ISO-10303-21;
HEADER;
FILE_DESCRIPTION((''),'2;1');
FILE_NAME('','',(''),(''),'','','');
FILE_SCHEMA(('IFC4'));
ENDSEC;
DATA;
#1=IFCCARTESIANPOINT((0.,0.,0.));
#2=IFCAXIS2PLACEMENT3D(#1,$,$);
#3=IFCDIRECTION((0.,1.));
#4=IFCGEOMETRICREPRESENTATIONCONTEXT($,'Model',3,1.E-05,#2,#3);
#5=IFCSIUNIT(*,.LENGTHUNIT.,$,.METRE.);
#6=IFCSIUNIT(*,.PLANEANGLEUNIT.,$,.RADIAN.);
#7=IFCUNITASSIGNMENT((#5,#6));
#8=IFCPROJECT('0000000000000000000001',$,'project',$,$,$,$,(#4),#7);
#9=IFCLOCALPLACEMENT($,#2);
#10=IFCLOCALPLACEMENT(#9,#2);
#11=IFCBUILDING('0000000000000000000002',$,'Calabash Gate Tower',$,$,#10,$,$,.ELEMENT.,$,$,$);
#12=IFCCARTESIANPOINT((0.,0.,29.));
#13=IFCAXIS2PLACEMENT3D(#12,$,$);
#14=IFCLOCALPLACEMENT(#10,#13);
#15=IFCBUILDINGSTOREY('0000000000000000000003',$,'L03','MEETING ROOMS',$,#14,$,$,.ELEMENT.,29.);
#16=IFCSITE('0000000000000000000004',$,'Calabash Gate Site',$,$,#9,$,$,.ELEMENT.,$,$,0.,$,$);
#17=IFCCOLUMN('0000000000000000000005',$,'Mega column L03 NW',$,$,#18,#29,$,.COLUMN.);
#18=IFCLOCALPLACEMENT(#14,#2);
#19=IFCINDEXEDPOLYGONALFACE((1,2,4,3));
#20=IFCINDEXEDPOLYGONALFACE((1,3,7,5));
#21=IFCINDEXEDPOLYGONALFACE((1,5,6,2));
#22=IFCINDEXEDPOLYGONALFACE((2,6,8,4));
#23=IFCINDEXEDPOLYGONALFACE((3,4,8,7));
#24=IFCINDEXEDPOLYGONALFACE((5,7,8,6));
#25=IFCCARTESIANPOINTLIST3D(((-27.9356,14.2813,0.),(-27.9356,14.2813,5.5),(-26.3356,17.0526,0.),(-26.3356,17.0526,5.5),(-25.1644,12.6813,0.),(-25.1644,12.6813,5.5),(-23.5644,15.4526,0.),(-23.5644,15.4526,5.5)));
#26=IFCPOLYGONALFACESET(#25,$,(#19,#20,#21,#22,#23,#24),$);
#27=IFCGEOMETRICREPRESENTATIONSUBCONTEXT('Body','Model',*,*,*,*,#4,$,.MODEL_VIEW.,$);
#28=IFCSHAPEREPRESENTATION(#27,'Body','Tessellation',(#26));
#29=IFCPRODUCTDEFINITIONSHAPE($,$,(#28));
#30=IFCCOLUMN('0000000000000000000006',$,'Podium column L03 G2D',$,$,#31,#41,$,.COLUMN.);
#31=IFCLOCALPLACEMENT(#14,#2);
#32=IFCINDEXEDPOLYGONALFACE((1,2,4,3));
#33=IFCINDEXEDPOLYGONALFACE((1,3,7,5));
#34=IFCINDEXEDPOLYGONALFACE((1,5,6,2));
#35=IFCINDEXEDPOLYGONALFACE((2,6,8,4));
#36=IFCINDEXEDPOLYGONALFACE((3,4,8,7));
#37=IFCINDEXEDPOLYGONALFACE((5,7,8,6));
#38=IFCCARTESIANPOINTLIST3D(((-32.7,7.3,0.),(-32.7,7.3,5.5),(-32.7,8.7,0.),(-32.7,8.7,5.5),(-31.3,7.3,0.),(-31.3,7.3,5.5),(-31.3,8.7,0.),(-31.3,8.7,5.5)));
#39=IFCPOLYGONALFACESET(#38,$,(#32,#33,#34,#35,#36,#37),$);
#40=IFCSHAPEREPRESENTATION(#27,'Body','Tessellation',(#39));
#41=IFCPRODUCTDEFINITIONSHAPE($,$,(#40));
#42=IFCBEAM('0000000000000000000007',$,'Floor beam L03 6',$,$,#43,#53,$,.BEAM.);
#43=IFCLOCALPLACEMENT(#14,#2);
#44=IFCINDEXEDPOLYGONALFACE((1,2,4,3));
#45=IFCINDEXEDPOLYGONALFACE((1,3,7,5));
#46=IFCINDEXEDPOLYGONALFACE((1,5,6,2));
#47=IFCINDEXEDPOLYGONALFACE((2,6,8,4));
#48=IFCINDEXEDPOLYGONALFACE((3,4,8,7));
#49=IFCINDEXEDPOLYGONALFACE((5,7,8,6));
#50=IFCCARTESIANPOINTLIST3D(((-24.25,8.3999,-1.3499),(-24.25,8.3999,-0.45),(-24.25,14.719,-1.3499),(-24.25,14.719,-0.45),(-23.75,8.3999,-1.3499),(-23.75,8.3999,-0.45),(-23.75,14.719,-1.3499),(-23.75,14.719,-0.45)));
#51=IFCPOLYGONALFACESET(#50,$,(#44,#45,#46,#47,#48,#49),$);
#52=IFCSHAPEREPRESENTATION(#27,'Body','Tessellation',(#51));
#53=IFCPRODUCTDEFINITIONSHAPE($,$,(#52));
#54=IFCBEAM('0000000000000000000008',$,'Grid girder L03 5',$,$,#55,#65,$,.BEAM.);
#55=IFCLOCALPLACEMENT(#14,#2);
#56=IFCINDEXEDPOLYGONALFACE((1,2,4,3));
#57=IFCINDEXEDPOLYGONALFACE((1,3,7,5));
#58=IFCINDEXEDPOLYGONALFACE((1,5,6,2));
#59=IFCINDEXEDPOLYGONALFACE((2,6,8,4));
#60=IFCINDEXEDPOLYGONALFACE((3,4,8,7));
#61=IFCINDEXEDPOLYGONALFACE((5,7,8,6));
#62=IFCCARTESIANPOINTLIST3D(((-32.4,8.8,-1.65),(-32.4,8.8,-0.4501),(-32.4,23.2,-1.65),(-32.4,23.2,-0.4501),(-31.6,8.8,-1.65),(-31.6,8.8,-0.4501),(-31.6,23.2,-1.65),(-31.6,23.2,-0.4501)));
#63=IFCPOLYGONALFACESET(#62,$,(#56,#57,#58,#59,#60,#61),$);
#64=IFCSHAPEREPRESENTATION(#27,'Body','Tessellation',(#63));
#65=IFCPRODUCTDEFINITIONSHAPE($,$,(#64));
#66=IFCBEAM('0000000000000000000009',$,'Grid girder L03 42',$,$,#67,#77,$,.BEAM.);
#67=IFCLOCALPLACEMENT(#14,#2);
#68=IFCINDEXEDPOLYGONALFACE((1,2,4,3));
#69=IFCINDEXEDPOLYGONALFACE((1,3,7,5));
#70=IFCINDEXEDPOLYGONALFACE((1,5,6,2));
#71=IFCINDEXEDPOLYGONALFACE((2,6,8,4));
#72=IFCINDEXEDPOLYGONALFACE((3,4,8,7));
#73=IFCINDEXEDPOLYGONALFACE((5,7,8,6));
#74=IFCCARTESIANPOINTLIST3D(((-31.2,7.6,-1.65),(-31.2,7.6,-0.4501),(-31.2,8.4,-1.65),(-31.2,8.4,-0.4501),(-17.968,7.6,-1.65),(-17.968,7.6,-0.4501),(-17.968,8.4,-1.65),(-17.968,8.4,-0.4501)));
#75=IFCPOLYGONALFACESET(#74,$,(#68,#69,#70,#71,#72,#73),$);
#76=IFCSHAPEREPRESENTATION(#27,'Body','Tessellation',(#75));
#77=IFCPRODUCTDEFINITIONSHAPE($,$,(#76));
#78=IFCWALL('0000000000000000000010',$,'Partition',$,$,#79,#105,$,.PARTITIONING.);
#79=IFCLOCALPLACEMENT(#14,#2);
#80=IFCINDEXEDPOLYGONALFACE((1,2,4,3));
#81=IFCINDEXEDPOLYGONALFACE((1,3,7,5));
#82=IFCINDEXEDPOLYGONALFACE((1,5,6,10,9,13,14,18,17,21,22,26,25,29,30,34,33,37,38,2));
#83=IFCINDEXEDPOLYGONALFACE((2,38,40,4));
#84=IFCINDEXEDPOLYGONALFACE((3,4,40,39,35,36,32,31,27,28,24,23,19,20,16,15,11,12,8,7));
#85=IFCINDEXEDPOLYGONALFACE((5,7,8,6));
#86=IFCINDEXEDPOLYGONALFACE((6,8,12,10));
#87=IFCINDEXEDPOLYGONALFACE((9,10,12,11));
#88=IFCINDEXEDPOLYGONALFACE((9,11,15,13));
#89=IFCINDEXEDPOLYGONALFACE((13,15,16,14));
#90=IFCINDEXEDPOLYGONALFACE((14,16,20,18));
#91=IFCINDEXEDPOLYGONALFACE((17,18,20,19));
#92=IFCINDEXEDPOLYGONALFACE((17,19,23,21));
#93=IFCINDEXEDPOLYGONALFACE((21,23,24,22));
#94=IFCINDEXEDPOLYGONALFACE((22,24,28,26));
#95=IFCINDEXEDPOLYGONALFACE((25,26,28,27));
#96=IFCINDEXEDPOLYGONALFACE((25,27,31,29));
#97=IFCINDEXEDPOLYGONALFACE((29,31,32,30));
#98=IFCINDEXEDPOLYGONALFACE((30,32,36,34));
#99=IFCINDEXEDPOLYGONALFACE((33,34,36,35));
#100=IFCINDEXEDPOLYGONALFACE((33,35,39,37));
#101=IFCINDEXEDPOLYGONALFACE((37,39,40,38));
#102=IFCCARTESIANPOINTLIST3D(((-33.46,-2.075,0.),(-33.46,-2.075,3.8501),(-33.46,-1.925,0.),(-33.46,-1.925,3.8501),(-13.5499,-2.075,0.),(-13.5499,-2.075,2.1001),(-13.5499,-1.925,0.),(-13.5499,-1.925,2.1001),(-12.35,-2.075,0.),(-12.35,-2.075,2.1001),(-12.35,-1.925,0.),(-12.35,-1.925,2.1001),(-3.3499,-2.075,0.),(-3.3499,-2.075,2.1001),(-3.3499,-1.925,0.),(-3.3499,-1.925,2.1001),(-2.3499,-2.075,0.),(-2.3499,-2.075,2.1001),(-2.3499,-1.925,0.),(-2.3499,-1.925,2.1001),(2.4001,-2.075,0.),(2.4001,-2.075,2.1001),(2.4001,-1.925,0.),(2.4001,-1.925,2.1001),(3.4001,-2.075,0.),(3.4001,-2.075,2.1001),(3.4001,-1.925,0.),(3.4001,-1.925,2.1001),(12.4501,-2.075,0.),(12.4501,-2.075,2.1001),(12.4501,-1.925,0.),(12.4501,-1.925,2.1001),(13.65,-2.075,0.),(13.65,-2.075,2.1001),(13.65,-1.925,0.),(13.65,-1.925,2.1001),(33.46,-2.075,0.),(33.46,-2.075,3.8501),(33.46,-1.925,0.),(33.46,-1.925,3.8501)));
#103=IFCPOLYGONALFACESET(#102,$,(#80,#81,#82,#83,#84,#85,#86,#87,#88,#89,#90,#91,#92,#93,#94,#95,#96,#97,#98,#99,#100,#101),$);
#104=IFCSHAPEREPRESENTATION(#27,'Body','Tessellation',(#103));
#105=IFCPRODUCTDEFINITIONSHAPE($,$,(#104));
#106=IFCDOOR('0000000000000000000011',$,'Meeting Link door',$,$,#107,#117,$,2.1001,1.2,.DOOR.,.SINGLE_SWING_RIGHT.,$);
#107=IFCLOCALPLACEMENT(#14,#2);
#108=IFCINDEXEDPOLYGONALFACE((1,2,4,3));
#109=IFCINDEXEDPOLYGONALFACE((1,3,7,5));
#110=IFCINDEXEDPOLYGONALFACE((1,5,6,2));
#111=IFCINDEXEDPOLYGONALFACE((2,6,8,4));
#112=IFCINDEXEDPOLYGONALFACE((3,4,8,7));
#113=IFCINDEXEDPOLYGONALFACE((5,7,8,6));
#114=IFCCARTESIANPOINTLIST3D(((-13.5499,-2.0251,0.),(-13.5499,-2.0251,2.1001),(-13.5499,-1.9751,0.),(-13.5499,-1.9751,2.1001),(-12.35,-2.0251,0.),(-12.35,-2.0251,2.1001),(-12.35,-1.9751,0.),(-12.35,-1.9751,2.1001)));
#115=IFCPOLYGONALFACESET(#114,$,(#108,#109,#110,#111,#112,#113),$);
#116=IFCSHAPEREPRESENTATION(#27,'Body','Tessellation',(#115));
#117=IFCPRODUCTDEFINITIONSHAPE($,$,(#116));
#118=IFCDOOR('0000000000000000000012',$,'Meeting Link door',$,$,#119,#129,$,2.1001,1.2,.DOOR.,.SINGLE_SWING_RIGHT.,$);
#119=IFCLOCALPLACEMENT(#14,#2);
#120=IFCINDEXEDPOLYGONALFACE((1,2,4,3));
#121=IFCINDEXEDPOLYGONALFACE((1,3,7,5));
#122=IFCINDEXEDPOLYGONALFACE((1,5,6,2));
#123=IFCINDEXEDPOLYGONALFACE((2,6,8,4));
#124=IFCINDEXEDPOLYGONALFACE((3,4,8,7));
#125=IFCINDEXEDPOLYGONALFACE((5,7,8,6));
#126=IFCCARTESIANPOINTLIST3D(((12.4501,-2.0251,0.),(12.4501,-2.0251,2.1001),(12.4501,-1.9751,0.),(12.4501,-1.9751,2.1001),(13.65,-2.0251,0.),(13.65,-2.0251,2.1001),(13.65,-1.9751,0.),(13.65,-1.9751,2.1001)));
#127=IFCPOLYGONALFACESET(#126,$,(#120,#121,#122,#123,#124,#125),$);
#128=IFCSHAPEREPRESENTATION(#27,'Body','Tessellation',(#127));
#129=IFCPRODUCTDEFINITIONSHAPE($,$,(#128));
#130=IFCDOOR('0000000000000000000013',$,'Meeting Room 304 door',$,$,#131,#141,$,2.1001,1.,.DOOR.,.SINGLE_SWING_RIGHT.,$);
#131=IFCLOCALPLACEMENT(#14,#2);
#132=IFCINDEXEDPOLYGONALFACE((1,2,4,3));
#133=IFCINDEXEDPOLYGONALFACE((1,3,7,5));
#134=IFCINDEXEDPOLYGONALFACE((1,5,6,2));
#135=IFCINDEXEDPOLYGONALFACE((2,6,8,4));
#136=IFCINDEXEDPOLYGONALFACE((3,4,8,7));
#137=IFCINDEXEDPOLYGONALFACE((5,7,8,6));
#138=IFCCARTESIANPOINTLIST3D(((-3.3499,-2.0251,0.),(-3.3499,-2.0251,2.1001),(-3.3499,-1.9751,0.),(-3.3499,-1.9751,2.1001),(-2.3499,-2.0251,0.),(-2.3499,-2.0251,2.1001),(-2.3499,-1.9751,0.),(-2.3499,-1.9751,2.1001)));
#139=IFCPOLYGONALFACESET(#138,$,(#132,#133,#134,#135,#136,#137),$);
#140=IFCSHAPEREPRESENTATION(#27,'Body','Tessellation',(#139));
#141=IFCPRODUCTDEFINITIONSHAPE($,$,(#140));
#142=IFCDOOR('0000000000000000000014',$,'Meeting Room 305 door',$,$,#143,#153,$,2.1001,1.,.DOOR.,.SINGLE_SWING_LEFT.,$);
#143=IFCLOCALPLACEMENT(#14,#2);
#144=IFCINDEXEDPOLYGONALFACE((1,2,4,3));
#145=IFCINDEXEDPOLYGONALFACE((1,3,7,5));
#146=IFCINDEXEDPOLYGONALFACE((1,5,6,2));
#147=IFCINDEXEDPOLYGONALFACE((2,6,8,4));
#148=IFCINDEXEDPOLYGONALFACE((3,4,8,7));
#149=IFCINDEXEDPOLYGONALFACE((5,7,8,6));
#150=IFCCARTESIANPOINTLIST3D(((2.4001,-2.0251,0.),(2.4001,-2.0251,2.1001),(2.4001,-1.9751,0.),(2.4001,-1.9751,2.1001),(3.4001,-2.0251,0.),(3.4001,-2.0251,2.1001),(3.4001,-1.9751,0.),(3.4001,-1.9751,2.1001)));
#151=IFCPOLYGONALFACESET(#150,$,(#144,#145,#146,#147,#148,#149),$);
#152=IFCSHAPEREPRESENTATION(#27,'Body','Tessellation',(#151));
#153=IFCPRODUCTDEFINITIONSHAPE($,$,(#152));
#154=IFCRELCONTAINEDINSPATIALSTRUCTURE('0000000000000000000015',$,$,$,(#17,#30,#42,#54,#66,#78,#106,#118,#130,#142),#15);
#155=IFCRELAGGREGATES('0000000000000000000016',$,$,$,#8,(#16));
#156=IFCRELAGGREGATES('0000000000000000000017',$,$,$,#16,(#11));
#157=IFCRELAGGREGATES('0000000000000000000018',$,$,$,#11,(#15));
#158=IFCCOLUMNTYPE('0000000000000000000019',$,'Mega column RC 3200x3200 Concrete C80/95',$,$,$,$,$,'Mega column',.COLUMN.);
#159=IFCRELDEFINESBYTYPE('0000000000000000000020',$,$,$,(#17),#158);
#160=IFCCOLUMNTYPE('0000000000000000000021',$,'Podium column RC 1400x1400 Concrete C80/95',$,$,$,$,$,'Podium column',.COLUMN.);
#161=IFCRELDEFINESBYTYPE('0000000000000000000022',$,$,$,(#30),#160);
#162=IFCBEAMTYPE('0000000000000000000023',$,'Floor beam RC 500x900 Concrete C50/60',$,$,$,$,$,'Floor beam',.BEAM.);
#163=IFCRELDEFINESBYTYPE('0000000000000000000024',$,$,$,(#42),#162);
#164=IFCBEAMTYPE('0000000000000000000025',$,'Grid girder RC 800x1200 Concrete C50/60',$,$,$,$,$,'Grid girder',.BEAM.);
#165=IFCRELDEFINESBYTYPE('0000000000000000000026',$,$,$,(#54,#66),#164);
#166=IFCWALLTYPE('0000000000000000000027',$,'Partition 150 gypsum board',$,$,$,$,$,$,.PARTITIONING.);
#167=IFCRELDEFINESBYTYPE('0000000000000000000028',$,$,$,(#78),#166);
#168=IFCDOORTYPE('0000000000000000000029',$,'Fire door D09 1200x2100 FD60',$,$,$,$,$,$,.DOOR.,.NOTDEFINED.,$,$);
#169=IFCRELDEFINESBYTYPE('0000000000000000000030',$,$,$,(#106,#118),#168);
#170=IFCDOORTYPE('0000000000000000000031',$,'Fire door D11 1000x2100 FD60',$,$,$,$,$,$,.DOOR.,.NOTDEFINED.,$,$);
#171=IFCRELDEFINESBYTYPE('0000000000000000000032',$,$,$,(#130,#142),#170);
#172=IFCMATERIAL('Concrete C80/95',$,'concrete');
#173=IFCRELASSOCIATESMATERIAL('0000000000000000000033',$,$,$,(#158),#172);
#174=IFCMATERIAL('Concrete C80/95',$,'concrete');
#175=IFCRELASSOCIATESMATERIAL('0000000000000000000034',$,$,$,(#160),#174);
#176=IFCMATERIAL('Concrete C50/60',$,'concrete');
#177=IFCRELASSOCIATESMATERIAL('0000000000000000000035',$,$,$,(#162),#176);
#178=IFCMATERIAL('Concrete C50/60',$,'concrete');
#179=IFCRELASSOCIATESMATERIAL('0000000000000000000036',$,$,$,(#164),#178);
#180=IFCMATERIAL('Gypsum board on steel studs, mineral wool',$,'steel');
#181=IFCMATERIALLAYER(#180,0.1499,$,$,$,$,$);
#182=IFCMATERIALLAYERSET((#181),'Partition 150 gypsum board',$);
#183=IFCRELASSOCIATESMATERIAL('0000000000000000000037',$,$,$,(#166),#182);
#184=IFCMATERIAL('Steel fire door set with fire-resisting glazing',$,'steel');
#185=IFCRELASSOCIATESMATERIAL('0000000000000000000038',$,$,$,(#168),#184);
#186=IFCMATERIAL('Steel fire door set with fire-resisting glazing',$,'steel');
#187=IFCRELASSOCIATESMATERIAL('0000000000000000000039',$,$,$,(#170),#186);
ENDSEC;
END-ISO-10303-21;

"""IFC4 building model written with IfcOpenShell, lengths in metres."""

from ifc_helpers import new_model, si_unit, direction, frame, frame_2d, origin, origin_2d, place, context, subcontext, project, spatial, rectangle, extrude, material, layer, layer_set, material_profile, profile_set, type_object, element, fill, save


model = new_model("IFC4")

# Units and contexts
model_context = context("Model", 3, precision=1e-05, world=origin(), true_north=direction((0.0, 1.0)))
body_context = subcontext(model_context, "Body", "Model", "MODEL_VIEW")
ifc_project = project(units=[si_unit("LENGTHUNIT", "METRE"), si_unit("PLANEANGLEUNIT", "RADIAN")], contexts=[model_context])

# Site, building, storey
site_placement = place(None, origin())
site = spatial("IfcSite", under=ifc_project, at=site_placement, Name="Calabash Gate Site", CompositionType="ELEMENT", RefElevation=0.0)
building_placement = place(site_placement, origin())
building = spatial("IfcBuilding", under=site, at=building_placement, Name="Calabash Gate Tower", CompositionType="ELEMENT")
storey_placement = place(building_placement, frame((0.0, 0.0, 29.0)))
storey = spatial("IfcBuildingStorey", under=building, at=storey_placement, Name="L03", Description="MEETING ROOMS", CompositionType="ELEMENT", Elevation=29.0)

# Columns
ifc_material_1 = material(Name="Concrete C80/95", Category="concrete")
ifc_material_profile_1 = material_profile(ifc_material_1, rectangle(XDim=3.2, YDim=3.2, at=origin_2d()))
ifc_profile_set_1 = profile_set([ifc_material_profile_1], Name="Concrete C80/95")
column_type_1 = type_object("IfcColumnType", Name="Mega column RC 3200x3200 Concrete C80/95", ElementType="Mega column", PredefinedType="COLUMN", material=ifc_profile_set_1)
column_1_placement = place(storey_placement, frame((-25.75, 14.8669, 0.0), z_axis=(0.0, 0.0, 1.0), x_axis=(0.866025, -0.5, 0.0)))
element("IfcColumn", 1, at=column_1_placement, inside=storey, type_object=column_type_1, Name="Mega column L03 NW", PredefinedType="COLUMN", context=body_context, shape_type="SweptSolid", body=[
    extrude(rectangle(XDim=3.2, YDim=3.2, at=origin_2d()), origin(), (0.0, 0.0, 1.0), 5.5),
])
ifc_material_2 = material(Name="Concrete C80/95", Category="concrete")
ifc_material_profile_2 = material_profile(ifc_material_2, rectangle(XDim=1.3999, YDim=1.3999, at=origin_2d()))
ifc_profile_set_2 = profile_set([ifc_material_profile_2], Name="Concrete C80/95")
column_type_2 = type_object("IfcColumnType", Name="Podium column RC 1400x1400 Concrete C80/95", ElementType="Podium column", PredefinedType="COLUMN", material=ifc_profile_set_2)
column_2_placement = place(storey_placement, frame((-32.0, 8.0, 0.0), z_axis=(0.0, 0.0, 1.0), x_axis=(1.0, 0.0, 0.0)))
element("IfcColumn", 2, at=column_2_placement, inside=storey, type_object=column_type_2, Name="Podium column L03 G2D", PredefinedType="COLUMN", context=body_context, shape_type="SweptSolid", body=[
    extrude(rectangle(XDim=1.3999, YDim=1.3999, at=origin_2d()), origin(), (0.0, 0.0, 1.0), 5.5),
])

# Beams
ifc_material_3 = material(Name="Concrete C50/60", Category="concrete")
ifc_material_profile_3 = material_profile(ifc_material_3, rectangle(XDim=0.5, YDim=0.8999, at=origin_2d()))
ifc_profile_set_3 = profile_set([ifc_material_profile_3], Name="Concrete C50/60")
beam_type_1 = type_object("IfcBeamType", Name="Floor beam RC 500x900 Concrete C50/60", ElementType="Floor beam", PredefinedType="BEAM", material=ifc_profile_set_3)
beam_1_placement = place(storey_placement, frame((-24.0, 8.3999, -0.8999), z_axis=(0.0, 1.0, 0.0), x_axis=(-1.0, 0.0, 0.0)))
element("IfcBeam", 3, at=beam_1_placement, inside=storey, type_object=beam_type_1, Name="Floor beam L03 6", PredefinedType="BEAM", context=body_context, shape_type="SweptSolid", body=[
    extrude(rectangle(XDim=0.5, YDim=0.8999, at=origin_2d()), origin(), (0.0, 0.0, 1.0), 6.3191),
])
ifc_material_4 = material(Name="Concrete C50/60", Category="concrete")
ifc_material_profile_4 = material_profile(ifc_material_4, rectangle(XDim=0.8, YDim=1.2, at=origin_2d()))
ifc_profile_set_4 = profile_set([ifc_material_profile_4], Name="Concrete C50/60")
beam_type_2 = type_object("IfcBeamType", Name="Grid girder RC 800x1200 Concrete C50/60", ElementType="Grid girder", PredefinedType="BEAM", material=ifc_profile_set_4)
beam_2_placement = place(storey_placement, frame((-32.0, 8.8, -1.05), z_axis=(0.0, 1.0, 0.0), x_axis=(-1.0, 0.0, 0.0)))
element("IfcBeam", 4, at=beam_2_placement, inside=storey, type_object=beam_type_2, Name="Grid girder L03 5", PredefinedType="BEAM", context=body_context, shape_type="SweptSolid", body=[
    extrude(rectangle(XDim=0.8, YDim=1.2, at=origin_2d()), origin(), (0.0, 0.0, 1.0), 14.3999),
])
beam_3_placement = place(storey_placement, frame((-31.2, 8.0, -1.05), z_axis=(1.0, 0.0, 0.0), x_axis=(0.0, 1.0, 0.0)))
element("IfcBeam", 5, at=beam_3_placement, inside=storey, type_object=beam_type_2, Name="Grid girder L03 42", PredefinedType="BEAM", context=body_context, shape_type="SweptSolid", body=[
    extrude(rectangle(XDim=0.8, YDim=1.2, at=origin_2d()), origin(), (0.0, 0.0, 1.0), 13.2319),
])

# Wall, openings, doors
ifc_material_5 = material(Name="Gypsum board on steel studs, mineral wool", Category="steel")
ifc_layer_1 = layer(ifc_material_5, 0.1499)
ifc_layer_set_1 = layer_set([ifc_layer_1], Name="Partition 150 gypsum board")
wall_type_1 = type_object("IfcWallType", Name="Partition 150 gypsum board", PredefinedType="PARTITIONING", material=ifc_layer_set_1)
wall_1_placement = place(storey_placement, frame((-33.46, -2.0, 0.0), z_axis=(0.0, 0.0, 1.0), x_axis=(1.0, 0.0, 0.0)))
wall_1 = element("IfcWall", 6, at=wall_1_placement, inside=storey, type_object=wall_type_1, Name="Partition", PredefinedType="PARTITIONING", context=body_context, shape_type="SweptSolid", body=[
    extrude(rectangle(XDim=66.9199, YDim=0.1499, at=frame_2d((33.46, 0.0))), origin(), (0.0, 0.0, 1.0), 3.8501),
])
opening_1_placement = place(wall_1_placement, frame((19.9099, 0.0, 0.0)))
opening_1 = element("IfcOpeningElement", 7, at=opening_1_placement, cuts=wall_1, PredefinedType="OPENING", context=body_context, shape_type="SweptSolid", body=[
    extrude(rectangle(XDim=1.2, YDim=2.1001, at=frame_2d((0.6001, 1.05))), frame((0.0, 0.085, 0.0), z_axis=(0.0, -1.0, 0.0), x_axis=(1.0, 0.0, 0.0)), (0.0, 0.0, 1.0), 0.1699),
])
opening_2_placement = place(wall_1_placement, frame((45.9099, 0.0, 0.0)))
opening_2 = element("IfcOpeningElement", 8, at=opening_2_placement, cuts=wall_1, PredefinedType="OPENING", context=body_context, shape_type="SweptSolid", body=[
    extrude(rectangle(XDim=1.2, YDim=2.1001, at=frame_2d((0.6001, 1.05))), frame((0.0, 0.085, 0.0), z_axis=(0.0, -1.0, 0.0), x_axis=(1.0, 0.0, 0.0)), (0.0, 0.0, 1.0), 0.1699),
])
opening_3_placement = place(wall_1_placement, frame((30.1101, 0.0, 0.0)))
opening_3 = element("IfcOpeningElement", 9, at=opening_3_placement, cuts=wall_1, PredefinedType="OPENING", context=body_context, shape_type="SweptSolid", body=[
    extrude(rectangle(XDim=1.0, YDim=2.1001, at=frame_2d((0.5, 1.05))), frame((0.0, 0.085, 0.0), z_axis=(0.0, -1.0, 0.0), x_axis=(1.0, 0.0, 0.0)), (0.0, 0.0, 1.0), 0.1699),
])
opening_4_placement = place(wall_1_placement, frame((35.8601, 0.0, 0.0)))
opening_4 = element("IfcOpeningElement", 10, at=opening_4_placement, cuts=wall_1, PredefinedType="OPENING", context=body_context, shape_type="SweptSolid", body=[
    extrude(rectangle(XDim=1.0, YDim=2.1001, at=frame_2d((0.5, 1.05))), frame((0.0, 0.085, 0.0), z_axis=(0.0, -1.0, 0.0), x_axis=(1.0, 0.0, 0.0)), (0.0, 0.0, 1.0), 0.1699),
])
ifc_material_6 = material(Name="Steel fire door set with fire-resisting glazing", Category="steel")
door_type_1 = type_object("IfcDoorType", Name="Fire door D09 1200x2100 FD60", OperationType="NOTDEFINED", PredefinedType="DOOR", material=ifc_material_6)
door_1_placement = place(opening_1_placement, origin())
door_1 = element("IfcDoor", 11, at=door_1_placement, inside=storey, type_object=door_type_1, Name="Meeting Link door", OperationType="SINGLE_SWING_RIGHT", OverallHeight=2.1001, OverallWidth=1.2, PredefinedType="DOOR", context=body_context, shape_type="SweptSolid", body=[
    extrude(rectangle(XDim=1.2, YDim=2.1001, at=frame_2d((0.6001, 1.05))), frame((0.0, 0.0249, 0.0), z_axis=(0.0, -1.0, 0.0), x_axis=(1.0, 0.0, 0.0)), (0.0, 0.0, 1.0), 0.05),
])
fill(opening_1, door_1)
door_2_placement = place(opening_2_placement, origin())
door_2 = element("IfcDoor", 12, at=door_2_placement, inside=storey, type_object=door_type_1, Name="Meeting Link door", OperationType="SINGLE_SWING_RIGHT", OverallHeight=2.1001, OverallWidth=1.2, PredefinedType="DOOR", context=body_context, shape_type="SweptSolid", body=[
    extrude(rectangle(XDim=1.2, YDim=2.1001, at=frame_2d((0.6001, 1.05))), frame((0.0, 0.0249, 0.0), z_axis=(0.0, -1.0, 0.0), x_axis=(1.0, 0.0, 0.0)), (0.0, 0.0, 1.0), 0.05),
])
fill(opening_2, door_2)
ifc_material_7 = material(Name="Steel fire door set with fire-resisting glazing", Category="steel")
door_type_2 = type_object("IfcDoorType", Name="Fire door D11 1000x2100 FD60", OperationType="NOTDEFINED", PredefinedType="DOOR", material=ifc_material_7)
door_3_placement = place(opening_3_placement, origin())
door_3 = element("IfcDoor", 13, at=door_3_placement, inside=storey, type_object=door_type_2, Name="Meeting Room 304 door", OperationType="SINGLE_SWING_RIGHT", OverallHeight=2.1001, OverallWidth=1.0, PredefinedType="DOOR", context=body_context, shape_type="SweptSolid", body=[
    extrude(rectangle(XDim=1.0, YDim=2.1001, at=frame_2d((0.5, 1.05))), frame((0.0, 0.0249, 0.0), z_axis=(0.0, -1.0, 0.0), x_axis=(1.0, 0.0, 0.0)), (0.0, 0.0, 1.0), 0.05),
])
fill(opening_3, door_3)
door_4_placement = place(opening_4_placement, origin())
door_4 = element("IfcDoor", 14, at=door_4_placement, inside=storey, type_object=door_type_2, Name="Meeting Room 305 door", OperationType="SINGLE_SWING_LEFT", OverallHeight=2.1001, OverallWidth=1.0, PredefinedType="DOOR", context=body_context, shape_type="SweptSolid", body=[
    extrude(rectangle(XDim=1.0, YDim=2.1001, at=frame_2d((0.5, 1.05))), frame((0.0, 0.0249, 0.0), z_axis=(0.0, -1.0, 0.0), x_axis=(1.0, 0.0, 0.0)), (0.0, 0.0, 1.0), 0.05),
])
fill(opening_4, door_4)

save(model, "model.ifc")
